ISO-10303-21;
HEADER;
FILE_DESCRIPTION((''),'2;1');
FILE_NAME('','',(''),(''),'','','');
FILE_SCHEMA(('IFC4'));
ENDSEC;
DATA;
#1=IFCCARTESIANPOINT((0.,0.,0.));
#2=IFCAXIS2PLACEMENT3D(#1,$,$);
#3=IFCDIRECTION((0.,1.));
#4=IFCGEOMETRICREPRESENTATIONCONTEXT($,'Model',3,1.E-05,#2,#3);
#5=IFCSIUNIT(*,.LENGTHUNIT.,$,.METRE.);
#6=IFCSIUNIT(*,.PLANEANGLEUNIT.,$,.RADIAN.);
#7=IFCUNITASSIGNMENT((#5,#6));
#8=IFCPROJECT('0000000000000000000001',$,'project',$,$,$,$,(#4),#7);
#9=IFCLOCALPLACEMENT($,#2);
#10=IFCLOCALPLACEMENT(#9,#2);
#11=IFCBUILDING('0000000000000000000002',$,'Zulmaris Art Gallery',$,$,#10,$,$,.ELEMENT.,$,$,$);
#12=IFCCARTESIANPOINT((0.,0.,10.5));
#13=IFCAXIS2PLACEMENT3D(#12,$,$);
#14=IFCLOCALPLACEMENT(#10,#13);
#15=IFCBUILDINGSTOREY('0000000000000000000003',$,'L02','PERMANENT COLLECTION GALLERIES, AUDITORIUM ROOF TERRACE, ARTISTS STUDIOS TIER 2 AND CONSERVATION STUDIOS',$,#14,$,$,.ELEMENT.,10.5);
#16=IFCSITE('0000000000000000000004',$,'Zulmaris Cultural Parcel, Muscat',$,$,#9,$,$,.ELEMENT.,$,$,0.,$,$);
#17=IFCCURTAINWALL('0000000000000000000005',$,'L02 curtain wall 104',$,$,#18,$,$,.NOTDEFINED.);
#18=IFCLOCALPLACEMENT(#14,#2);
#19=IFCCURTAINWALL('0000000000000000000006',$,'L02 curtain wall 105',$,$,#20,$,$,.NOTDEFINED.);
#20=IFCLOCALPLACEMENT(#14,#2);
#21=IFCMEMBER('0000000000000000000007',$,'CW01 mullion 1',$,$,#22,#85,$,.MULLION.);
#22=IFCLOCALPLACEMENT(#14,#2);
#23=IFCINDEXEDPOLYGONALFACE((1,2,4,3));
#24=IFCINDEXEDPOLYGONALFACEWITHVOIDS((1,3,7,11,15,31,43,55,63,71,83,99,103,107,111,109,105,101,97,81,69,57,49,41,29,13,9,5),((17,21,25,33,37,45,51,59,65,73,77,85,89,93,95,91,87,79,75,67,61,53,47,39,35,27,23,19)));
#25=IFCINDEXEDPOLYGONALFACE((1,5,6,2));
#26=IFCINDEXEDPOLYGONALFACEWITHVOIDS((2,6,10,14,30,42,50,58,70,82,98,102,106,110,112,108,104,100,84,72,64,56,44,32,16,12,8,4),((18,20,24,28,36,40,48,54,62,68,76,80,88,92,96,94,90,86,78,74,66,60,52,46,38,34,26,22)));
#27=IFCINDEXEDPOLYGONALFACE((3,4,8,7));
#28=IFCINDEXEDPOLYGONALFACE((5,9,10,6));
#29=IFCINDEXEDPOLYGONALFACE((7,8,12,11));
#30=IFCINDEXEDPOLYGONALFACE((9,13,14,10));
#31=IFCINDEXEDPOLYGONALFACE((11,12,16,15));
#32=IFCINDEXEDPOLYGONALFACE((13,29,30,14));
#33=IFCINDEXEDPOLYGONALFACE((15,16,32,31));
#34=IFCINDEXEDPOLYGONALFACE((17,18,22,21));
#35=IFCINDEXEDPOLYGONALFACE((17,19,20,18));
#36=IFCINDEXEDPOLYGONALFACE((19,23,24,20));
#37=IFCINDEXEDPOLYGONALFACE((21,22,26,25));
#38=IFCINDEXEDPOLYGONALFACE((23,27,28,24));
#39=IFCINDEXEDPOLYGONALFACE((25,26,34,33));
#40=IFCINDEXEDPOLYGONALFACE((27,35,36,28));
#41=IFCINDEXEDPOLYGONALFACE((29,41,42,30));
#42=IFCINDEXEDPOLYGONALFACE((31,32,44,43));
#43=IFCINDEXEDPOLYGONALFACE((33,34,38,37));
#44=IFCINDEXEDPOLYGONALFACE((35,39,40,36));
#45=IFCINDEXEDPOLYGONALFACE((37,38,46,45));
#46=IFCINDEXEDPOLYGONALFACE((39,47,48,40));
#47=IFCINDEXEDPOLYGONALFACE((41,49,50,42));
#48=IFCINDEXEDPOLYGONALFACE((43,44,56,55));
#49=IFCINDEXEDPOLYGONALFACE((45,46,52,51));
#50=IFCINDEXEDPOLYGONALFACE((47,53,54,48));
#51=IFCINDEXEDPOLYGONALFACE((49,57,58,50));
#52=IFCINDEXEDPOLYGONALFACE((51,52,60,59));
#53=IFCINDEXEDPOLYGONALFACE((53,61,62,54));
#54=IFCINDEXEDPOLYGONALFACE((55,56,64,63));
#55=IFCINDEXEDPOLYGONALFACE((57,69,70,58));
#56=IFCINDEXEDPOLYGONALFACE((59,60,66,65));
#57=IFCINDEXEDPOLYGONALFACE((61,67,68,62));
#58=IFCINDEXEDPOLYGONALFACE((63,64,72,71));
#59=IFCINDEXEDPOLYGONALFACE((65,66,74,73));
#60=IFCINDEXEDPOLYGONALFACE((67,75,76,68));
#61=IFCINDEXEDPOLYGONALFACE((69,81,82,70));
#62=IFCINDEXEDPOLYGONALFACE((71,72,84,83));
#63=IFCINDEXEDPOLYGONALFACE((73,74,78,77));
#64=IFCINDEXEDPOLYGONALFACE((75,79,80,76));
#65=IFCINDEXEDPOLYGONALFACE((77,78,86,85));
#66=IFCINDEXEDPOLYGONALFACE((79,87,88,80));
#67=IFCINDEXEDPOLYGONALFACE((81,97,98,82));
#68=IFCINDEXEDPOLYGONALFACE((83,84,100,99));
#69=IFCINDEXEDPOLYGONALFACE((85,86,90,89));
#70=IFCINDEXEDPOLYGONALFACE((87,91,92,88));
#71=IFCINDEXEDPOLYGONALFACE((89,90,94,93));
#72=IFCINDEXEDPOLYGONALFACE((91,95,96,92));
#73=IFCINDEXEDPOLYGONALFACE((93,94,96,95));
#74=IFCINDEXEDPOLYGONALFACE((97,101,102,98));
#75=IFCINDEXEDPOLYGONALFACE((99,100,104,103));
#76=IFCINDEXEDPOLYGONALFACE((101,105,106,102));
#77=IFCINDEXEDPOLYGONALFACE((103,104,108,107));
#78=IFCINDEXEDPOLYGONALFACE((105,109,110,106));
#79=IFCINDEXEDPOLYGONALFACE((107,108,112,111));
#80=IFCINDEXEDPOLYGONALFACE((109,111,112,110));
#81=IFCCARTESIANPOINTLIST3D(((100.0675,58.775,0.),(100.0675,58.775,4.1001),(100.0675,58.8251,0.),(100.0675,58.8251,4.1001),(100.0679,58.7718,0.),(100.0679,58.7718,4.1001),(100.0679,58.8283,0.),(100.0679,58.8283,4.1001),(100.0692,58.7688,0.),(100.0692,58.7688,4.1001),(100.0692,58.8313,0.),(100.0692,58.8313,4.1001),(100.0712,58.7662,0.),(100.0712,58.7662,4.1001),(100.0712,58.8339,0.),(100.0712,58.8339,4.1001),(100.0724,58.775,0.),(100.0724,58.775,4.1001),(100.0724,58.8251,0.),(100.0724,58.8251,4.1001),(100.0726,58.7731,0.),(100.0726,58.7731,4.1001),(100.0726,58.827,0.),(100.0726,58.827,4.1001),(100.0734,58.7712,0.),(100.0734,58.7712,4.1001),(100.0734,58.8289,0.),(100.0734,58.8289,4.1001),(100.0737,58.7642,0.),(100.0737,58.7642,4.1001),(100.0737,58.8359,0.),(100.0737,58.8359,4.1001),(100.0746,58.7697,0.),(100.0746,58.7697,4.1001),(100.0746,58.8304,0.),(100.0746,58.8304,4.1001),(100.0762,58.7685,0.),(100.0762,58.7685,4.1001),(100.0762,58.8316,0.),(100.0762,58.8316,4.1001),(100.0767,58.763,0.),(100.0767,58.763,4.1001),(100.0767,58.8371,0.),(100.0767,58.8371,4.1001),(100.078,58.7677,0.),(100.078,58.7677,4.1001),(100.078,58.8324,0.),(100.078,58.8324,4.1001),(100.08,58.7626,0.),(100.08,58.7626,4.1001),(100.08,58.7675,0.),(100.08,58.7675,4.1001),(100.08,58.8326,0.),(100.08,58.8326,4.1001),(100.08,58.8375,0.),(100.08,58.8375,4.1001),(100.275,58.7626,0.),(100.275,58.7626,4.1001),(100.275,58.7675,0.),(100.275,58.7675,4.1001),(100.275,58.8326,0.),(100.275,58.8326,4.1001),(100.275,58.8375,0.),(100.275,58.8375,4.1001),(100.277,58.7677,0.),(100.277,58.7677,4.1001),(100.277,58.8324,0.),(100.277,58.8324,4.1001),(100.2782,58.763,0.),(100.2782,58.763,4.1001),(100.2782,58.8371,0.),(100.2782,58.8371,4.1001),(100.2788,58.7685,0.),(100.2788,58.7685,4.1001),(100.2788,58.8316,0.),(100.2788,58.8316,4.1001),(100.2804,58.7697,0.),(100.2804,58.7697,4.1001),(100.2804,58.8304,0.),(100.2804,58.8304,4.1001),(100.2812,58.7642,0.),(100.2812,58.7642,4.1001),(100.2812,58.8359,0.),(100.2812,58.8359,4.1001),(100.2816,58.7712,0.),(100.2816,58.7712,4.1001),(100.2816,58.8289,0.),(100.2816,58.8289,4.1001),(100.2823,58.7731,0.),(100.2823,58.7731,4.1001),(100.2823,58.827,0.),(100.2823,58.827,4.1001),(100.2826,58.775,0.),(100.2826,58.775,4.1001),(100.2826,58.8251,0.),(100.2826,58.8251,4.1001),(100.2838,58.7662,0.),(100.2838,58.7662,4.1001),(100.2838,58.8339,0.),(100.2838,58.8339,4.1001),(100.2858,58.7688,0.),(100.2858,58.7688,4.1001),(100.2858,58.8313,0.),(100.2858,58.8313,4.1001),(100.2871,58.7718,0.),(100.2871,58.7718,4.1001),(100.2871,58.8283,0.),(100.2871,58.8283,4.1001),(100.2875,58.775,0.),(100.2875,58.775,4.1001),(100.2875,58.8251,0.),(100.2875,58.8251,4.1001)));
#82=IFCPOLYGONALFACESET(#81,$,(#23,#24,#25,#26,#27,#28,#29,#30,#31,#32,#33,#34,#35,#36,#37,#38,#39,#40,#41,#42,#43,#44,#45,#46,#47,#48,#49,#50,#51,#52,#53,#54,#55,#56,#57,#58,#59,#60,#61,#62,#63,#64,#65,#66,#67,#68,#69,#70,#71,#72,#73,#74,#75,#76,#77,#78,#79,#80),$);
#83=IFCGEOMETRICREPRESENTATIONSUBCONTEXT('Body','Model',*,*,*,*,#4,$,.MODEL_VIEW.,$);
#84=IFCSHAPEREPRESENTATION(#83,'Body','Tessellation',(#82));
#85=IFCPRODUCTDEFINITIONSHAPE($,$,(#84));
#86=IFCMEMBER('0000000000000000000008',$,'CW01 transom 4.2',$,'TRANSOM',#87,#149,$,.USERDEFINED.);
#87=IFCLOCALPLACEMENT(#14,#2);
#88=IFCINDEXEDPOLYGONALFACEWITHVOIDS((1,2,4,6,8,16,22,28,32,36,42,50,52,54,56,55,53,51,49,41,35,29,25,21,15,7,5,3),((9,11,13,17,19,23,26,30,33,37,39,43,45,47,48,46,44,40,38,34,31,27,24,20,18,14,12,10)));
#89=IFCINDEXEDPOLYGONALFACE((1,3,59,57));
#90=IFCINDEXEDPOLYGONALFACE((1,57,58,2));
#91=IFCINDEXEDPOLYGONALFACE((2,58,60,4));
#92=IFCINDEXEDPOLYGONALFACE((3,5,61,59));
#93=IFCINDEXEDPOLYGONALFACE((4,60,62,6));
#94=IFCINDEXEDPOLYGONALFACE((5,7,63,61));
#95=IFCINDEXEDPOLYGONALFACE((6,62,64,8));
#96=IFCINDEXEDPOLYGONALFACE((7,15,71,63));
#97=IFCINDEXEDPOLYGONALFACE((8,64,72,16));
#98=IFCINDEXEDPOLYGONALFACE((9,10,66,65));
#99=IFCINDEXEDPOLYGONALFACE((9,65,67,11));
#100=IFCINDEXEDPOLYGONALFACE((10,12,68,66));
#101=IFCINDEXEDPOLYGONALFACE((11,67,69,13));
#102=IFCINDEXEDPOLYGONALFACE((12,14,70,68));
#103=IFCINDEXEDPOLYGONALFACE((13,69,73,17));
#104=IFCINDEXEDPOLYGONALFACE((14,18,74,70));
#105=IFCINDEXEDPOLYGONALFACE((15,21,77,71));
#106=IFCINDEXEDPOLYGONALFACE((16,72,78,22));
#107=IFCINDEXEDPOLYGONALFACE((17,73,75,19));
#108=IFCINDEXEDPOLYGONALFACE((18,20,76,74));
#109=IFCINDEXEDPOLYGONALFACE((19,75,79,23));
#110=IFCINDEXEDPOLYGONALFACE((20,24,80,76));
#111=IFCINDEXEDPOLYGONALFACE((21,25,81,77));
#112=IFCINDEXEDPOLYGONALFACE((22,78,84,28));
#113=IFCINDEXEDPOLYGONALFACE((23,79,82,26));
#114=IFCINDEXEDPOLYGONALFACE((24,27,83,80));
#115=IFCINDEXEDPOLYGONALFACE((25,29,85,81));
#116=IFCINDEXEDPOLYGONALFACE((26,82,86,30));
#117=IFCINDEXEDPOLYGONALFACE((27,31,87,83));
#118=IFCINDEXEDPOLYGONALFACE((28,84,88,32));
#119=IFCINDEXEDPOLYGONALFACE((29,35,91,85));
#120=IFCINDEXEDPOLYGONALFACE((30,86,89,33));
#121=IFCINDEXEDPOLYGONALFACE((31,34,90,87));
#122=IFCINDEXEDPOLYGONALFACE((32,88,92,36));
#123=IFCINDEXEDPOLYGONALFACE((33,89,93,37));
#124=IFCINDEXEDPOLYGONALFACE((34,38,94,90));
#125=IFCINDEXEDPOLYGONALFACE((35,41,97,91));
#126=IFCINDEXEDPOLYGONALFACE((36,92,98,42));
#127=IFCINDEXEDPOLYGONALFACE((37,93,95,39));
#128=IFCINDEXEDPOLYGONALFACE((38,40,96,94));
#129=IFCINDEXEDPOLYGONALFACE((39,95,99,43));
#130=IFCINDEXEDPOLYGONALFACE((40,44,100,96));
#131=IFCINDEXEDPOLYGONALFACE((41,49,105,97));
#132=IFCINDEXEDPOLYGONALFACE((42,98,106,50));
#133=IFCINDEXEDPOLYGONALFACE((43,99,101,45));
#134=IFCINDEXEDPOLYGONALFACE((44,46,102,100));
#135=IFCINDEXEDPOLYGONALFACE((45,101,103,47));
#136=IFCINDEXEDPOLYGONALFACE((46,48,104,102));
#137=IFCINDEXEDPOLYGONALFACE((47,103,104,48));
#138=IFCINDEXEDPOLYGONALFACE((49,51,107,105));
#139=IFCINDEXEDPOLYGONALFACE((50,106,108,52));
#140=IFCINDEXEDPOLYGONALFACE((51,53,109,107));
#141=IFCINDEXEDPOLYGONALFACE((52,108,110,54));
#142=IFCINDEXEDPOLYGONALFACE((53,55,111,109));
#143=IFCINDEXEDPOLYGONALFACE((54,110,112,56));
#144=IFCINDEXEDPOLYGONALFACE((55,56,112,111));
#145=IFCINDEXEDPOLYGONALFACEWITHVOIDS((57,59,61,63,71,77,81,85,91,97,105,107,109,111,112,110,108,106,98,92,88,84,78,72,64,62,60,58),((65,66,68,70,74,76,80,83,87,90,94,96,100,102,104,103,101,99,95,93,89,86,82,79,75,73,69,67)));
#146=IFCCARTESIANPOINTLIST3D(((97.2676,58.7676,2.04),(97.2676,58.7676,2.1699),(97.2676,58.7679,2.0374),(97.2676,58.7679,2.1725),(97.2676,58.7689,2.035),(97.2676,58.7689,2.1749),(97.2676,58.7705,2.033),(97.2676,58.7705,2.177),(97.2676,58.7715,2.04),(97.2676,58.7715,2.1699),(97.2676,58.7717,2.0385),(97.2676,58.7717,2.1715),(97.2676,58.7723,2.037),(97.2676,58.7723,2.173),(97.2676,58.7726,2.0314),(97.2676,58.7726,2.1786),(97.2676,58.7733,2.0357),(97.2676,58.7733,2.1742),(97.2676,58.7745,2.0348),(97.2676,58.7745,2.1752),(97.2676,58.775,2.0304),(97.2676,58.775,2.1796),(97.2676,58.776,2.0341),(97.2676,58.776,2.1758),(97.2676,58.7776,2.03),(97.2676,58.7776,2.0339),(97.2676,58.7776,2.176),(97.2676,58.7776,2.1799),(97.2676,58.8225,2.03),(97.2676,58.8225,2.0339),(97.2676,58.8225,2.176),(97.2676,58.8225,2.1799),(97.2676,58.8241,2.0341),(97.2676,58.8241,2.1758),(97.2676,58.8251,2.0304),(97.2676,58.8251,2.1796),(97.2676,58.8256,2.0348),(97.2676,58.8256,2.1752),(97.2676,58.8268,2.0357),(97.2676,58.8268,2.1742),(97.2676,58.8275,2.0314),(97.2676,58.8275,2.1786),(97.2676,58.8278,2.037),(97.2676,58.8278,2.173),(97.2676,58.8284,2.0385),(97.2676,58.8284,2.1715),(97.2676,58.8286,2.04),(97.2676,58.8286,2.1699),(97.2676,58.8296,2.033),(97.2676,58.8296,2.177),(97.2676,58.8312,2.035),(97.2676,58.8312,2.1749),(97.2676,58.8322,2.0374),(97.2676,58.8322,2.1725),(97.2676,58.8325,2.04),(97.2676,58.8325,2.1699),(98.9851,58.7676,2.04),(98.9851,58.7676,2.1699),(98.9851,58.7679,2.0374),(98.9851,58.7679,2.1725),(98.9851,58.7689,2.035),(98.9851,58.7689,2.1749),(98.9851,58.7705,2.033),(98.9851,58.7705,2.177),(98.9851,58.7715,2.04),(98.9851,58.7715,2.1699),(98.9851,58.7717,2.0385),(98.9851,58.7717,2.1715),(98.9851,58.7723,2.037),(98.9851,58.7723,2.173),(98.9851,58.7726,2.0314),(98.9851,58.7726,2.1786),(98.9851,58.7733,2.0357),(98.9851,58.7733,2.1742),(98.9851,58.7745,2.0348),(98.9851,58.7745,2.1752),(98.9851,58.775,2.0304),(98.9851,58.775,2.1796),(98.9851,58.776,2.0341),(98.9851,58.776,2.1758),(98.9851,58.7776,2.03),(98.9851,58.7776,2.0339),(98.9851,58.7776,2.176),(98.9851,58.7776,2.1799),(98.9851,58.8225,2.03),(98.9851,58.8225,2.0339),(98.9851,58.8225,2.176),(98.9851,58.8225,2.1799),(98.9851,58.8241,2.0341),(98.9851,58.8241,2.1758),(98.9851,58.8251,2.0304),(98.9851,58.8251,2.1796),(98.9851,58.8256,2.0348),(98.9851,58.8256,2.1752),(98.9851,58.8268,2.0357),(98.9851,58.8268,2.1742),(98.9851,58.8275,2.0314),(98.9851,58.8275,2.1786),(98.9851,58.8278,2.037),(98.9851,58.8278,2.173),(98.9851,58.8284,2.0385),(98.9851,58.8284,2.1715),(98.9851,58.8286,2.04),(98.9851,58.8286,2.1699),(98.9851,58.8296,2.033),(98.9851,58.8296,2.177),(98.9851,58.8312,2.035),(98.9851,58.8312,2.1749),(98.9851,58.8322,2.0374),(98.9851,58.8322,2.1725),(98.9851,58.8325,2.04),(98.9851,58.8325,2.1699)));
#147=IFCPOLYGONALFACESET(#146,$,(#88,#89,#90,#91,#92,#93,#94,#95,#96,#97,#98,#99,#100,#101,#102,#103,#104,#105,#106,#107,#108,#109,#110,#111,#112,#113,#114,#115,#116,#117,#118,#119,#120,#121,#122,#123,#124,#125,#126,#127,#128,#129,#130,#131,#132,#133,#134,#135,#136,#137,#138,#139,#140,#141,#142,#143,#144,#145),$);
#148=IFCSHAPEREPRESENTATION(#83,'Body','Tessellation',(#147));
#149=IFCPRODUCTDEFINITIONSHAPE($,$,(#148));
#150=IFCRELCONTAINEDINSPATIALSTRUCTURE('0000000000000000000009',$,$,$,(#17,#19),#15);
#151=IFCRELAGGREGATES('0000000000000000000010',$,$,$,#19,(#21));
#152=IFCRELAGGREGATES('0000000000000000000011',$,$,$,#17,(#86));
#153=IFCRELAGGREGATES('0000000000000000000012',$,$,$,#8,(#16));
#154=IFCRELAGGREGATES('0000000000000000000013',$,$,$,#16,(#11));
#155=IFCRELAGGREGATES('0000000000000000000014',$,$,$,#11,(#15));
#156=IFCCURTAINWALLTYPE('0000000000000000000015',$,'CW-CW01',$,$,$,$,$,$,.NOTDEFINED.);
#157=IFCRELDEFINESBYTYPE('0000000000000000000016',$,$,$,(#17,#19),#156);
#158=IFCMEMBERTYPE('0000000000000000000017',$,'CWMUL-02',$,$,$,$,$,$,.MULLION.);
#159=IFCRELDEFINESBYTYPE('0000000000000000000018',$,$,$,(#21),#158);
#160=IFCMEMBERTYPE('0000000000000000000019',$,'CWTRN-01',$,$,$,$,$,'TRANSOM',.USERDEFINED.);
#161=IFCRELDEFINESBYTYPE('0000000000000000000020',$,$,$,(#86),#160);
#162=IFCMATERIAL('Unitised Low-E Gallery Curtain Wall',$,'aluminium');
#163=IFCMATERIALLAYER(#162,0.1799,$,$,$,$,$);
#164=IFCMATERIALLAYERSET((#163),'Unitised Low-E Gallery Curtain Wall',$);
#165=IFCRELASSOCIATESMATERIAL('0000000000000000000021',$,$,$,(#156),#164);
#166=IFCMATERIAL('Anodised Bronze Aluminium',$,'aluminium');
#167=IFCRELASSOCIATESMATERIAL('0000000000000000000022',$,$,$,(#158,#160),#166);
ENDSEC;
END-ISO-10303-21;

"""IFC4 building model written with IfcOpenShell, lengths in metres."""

from ifc_helpers import new_model, si_unit, direction, frame, origin, origin_2d, place, context, subcontext, project, spatial, hollow_rectangle, extrude, material, layer, layer_set, material_profile, profile_set, type_object, element, aggregate, save


model = new_model("IFC4")

# Units and contexts
model_context = context("Model", 3, precision=1e-05, world=origin(), true_north=direction((0.0, 1.0)))
body_context = subcontext(model_context, "Body", "Model", "MODEL_VIEW")
ifc_project = project(units=[si_unit("LENGTHUNIT", "METRE"), si_unit("PLANEANGLEUNIT", "RADIAN")], contexts=[model_context])

# Site, building, storey
site_placement = place(None, origin())
site = spatial("IfcSite", under=ifc_project, at=site_placement, Name="Zulmaris Cultural Parcel, Muscat", CompositionType="ELEMENT", RefElevation=0.0)
building_placement = place(site_placement, origin())
building = spatial("IfcBuilding", under=site, at=building_placement, Name="Zulmaris Art Gallery", CompositionType="ELEMENT")
storey_placement = place(building_placement, frame((0.0, 0.0, 10.5)))
storey = spatial("IfcBuildingStorey", under=building, at=storey_placement, Name="L02", Description="PERMANENT COLLECTION GALLERIES, AUDITORIUM ROOF TERRACE, ARTISTS STUDIOS TIER 2 AND CONSERVATION STUDIOS", CompositionType="ELEMENT", Elevation=10.5)

# Curtain walls, member
ifc_material_1 = material(Name="Unitised Low-E Gallery Curtain Wall", Category="aluminium")
ifc_layer_1 = layer(ifc_material_1, 0.1799)
ifc_layer_set_1 = layer_set([ifc_layer_1], Name="Unitised Low-E Gallery Curtain Wall")
curtain_wall_type = type_object("IfcCurtainWallType", Name="CW-CW01", PredefinedType="NOTDEFINED", material=ifc_layer_set_1)
curtain_wall_1_placement = place(storey_placement, origin())
curtain_wall_1 = element("IfcCurtainWall", 1, at=curtain_wall_1_placement, inside=storey, type_object=curtain_wall_type, Name="L02 curtain wall 104", PredefinedType="NOTDEFINED")
ifc_material_2 = material(Name="Anodised Bronze Aluminium", Category="aluminium")
ifc_material_profile_1 = material_profile(ifc_material_2, hollow_rectangle(XDim=0.075, YDim=0.22, WallThickness=0.0049, InnerFilletRadius=0.0076, OuterFilletRadius=0.0125, at=origin_2d()), Name="ALU 75x220x5")
ifc_profile_set_1 = profile_set([ifc_material_profile_1], Name="Anodised Bronze Aluminium")
member_type_1 = type_object("IfcMemberType", Name="CWMUL-02", PredefinedType="MULLION", material=ifc_profile_set_1)
curtain_wall_2_placement = place(storey_placement, origin())
curtain_wall_2 = element("IfcCurtainWall", 2, at=curtain_wall_2_placement, inside=storey, type_object=curtain_wall_type, Name="L02 curtain wall 105", PredefinedType="NOTDEFINED")
member_1_placement = place(storey_placement, frame((100.1775, 58.8, 0.0), z_axis=(0.0, 0.0, 1.0), x_axis=(0.0, 1.0, 0.0)))
member_1 = element("IfcMember", 3, at=member_1_placement, type_object=member_type_1, Name="CW01 mullion 1", PredefinedType="MULLION", context=body_context, shape_type="SweptSolid", body=[
    extrude(hollow_rectangle(XDim=0.075, YDim=0.22, WallThickness=0.0049, InnerFilletRadius=0.0076, OuterFilletRadius=0.0125, at=origin_2d()), origin(), (0.0, 0.0, 1.0), 4.1001),
])

# Member
ifc_material_profile_2 = material_profile(ifc_material_2, hollow_rectangle(XDim=0.0649, YDim=0.1499, WallThickness=0.0039, InnerFilletRadius=0.0061, OuterFilletRadius=0.01, at=origin_2d()), Name="ALU 65x150x4")
ifc_profile_set_2 = profile_set([ifc_material_profile_2], Name="Anodised Bronze Aluminium")
member_type_2 = type_object("IfcMemberType", Name="CWTRN-01", ElementType="TRANSOM", PredefinedType="USERDEFINED", material=ifc_profile_set_2)
member_2_placement = place(storey_placement, frame((97.2676, 58.8, 2.105), z_axis=(1.0, 0.0, 0.0), x_axis=(0.0, 1.0, 0.0)))
member_2 = element("IfcMember", 4, at=member_2_placement, type_object=member_type_2, Name="CW01 transom 4.2", ObjectType="TRANSOM", PredefinedType="USERDEFINED", context=body_context, shape_type="SweptSolid", body=[
    extrude(hollow_rectangle(XDim=0.0649, YDim=0.1499, WallThickness=0.0039, InnerFilletRadius=0.0061, OuterFilletRadius=0.01, at=origin_2d()), origin(), (0.0, 0.0, 1.0), 1.7175),
])
aggregate(curtain_wall_2, [member_1])

aggregate(curtain_wall_1, [member_2])

save(model, "model.ifc")
